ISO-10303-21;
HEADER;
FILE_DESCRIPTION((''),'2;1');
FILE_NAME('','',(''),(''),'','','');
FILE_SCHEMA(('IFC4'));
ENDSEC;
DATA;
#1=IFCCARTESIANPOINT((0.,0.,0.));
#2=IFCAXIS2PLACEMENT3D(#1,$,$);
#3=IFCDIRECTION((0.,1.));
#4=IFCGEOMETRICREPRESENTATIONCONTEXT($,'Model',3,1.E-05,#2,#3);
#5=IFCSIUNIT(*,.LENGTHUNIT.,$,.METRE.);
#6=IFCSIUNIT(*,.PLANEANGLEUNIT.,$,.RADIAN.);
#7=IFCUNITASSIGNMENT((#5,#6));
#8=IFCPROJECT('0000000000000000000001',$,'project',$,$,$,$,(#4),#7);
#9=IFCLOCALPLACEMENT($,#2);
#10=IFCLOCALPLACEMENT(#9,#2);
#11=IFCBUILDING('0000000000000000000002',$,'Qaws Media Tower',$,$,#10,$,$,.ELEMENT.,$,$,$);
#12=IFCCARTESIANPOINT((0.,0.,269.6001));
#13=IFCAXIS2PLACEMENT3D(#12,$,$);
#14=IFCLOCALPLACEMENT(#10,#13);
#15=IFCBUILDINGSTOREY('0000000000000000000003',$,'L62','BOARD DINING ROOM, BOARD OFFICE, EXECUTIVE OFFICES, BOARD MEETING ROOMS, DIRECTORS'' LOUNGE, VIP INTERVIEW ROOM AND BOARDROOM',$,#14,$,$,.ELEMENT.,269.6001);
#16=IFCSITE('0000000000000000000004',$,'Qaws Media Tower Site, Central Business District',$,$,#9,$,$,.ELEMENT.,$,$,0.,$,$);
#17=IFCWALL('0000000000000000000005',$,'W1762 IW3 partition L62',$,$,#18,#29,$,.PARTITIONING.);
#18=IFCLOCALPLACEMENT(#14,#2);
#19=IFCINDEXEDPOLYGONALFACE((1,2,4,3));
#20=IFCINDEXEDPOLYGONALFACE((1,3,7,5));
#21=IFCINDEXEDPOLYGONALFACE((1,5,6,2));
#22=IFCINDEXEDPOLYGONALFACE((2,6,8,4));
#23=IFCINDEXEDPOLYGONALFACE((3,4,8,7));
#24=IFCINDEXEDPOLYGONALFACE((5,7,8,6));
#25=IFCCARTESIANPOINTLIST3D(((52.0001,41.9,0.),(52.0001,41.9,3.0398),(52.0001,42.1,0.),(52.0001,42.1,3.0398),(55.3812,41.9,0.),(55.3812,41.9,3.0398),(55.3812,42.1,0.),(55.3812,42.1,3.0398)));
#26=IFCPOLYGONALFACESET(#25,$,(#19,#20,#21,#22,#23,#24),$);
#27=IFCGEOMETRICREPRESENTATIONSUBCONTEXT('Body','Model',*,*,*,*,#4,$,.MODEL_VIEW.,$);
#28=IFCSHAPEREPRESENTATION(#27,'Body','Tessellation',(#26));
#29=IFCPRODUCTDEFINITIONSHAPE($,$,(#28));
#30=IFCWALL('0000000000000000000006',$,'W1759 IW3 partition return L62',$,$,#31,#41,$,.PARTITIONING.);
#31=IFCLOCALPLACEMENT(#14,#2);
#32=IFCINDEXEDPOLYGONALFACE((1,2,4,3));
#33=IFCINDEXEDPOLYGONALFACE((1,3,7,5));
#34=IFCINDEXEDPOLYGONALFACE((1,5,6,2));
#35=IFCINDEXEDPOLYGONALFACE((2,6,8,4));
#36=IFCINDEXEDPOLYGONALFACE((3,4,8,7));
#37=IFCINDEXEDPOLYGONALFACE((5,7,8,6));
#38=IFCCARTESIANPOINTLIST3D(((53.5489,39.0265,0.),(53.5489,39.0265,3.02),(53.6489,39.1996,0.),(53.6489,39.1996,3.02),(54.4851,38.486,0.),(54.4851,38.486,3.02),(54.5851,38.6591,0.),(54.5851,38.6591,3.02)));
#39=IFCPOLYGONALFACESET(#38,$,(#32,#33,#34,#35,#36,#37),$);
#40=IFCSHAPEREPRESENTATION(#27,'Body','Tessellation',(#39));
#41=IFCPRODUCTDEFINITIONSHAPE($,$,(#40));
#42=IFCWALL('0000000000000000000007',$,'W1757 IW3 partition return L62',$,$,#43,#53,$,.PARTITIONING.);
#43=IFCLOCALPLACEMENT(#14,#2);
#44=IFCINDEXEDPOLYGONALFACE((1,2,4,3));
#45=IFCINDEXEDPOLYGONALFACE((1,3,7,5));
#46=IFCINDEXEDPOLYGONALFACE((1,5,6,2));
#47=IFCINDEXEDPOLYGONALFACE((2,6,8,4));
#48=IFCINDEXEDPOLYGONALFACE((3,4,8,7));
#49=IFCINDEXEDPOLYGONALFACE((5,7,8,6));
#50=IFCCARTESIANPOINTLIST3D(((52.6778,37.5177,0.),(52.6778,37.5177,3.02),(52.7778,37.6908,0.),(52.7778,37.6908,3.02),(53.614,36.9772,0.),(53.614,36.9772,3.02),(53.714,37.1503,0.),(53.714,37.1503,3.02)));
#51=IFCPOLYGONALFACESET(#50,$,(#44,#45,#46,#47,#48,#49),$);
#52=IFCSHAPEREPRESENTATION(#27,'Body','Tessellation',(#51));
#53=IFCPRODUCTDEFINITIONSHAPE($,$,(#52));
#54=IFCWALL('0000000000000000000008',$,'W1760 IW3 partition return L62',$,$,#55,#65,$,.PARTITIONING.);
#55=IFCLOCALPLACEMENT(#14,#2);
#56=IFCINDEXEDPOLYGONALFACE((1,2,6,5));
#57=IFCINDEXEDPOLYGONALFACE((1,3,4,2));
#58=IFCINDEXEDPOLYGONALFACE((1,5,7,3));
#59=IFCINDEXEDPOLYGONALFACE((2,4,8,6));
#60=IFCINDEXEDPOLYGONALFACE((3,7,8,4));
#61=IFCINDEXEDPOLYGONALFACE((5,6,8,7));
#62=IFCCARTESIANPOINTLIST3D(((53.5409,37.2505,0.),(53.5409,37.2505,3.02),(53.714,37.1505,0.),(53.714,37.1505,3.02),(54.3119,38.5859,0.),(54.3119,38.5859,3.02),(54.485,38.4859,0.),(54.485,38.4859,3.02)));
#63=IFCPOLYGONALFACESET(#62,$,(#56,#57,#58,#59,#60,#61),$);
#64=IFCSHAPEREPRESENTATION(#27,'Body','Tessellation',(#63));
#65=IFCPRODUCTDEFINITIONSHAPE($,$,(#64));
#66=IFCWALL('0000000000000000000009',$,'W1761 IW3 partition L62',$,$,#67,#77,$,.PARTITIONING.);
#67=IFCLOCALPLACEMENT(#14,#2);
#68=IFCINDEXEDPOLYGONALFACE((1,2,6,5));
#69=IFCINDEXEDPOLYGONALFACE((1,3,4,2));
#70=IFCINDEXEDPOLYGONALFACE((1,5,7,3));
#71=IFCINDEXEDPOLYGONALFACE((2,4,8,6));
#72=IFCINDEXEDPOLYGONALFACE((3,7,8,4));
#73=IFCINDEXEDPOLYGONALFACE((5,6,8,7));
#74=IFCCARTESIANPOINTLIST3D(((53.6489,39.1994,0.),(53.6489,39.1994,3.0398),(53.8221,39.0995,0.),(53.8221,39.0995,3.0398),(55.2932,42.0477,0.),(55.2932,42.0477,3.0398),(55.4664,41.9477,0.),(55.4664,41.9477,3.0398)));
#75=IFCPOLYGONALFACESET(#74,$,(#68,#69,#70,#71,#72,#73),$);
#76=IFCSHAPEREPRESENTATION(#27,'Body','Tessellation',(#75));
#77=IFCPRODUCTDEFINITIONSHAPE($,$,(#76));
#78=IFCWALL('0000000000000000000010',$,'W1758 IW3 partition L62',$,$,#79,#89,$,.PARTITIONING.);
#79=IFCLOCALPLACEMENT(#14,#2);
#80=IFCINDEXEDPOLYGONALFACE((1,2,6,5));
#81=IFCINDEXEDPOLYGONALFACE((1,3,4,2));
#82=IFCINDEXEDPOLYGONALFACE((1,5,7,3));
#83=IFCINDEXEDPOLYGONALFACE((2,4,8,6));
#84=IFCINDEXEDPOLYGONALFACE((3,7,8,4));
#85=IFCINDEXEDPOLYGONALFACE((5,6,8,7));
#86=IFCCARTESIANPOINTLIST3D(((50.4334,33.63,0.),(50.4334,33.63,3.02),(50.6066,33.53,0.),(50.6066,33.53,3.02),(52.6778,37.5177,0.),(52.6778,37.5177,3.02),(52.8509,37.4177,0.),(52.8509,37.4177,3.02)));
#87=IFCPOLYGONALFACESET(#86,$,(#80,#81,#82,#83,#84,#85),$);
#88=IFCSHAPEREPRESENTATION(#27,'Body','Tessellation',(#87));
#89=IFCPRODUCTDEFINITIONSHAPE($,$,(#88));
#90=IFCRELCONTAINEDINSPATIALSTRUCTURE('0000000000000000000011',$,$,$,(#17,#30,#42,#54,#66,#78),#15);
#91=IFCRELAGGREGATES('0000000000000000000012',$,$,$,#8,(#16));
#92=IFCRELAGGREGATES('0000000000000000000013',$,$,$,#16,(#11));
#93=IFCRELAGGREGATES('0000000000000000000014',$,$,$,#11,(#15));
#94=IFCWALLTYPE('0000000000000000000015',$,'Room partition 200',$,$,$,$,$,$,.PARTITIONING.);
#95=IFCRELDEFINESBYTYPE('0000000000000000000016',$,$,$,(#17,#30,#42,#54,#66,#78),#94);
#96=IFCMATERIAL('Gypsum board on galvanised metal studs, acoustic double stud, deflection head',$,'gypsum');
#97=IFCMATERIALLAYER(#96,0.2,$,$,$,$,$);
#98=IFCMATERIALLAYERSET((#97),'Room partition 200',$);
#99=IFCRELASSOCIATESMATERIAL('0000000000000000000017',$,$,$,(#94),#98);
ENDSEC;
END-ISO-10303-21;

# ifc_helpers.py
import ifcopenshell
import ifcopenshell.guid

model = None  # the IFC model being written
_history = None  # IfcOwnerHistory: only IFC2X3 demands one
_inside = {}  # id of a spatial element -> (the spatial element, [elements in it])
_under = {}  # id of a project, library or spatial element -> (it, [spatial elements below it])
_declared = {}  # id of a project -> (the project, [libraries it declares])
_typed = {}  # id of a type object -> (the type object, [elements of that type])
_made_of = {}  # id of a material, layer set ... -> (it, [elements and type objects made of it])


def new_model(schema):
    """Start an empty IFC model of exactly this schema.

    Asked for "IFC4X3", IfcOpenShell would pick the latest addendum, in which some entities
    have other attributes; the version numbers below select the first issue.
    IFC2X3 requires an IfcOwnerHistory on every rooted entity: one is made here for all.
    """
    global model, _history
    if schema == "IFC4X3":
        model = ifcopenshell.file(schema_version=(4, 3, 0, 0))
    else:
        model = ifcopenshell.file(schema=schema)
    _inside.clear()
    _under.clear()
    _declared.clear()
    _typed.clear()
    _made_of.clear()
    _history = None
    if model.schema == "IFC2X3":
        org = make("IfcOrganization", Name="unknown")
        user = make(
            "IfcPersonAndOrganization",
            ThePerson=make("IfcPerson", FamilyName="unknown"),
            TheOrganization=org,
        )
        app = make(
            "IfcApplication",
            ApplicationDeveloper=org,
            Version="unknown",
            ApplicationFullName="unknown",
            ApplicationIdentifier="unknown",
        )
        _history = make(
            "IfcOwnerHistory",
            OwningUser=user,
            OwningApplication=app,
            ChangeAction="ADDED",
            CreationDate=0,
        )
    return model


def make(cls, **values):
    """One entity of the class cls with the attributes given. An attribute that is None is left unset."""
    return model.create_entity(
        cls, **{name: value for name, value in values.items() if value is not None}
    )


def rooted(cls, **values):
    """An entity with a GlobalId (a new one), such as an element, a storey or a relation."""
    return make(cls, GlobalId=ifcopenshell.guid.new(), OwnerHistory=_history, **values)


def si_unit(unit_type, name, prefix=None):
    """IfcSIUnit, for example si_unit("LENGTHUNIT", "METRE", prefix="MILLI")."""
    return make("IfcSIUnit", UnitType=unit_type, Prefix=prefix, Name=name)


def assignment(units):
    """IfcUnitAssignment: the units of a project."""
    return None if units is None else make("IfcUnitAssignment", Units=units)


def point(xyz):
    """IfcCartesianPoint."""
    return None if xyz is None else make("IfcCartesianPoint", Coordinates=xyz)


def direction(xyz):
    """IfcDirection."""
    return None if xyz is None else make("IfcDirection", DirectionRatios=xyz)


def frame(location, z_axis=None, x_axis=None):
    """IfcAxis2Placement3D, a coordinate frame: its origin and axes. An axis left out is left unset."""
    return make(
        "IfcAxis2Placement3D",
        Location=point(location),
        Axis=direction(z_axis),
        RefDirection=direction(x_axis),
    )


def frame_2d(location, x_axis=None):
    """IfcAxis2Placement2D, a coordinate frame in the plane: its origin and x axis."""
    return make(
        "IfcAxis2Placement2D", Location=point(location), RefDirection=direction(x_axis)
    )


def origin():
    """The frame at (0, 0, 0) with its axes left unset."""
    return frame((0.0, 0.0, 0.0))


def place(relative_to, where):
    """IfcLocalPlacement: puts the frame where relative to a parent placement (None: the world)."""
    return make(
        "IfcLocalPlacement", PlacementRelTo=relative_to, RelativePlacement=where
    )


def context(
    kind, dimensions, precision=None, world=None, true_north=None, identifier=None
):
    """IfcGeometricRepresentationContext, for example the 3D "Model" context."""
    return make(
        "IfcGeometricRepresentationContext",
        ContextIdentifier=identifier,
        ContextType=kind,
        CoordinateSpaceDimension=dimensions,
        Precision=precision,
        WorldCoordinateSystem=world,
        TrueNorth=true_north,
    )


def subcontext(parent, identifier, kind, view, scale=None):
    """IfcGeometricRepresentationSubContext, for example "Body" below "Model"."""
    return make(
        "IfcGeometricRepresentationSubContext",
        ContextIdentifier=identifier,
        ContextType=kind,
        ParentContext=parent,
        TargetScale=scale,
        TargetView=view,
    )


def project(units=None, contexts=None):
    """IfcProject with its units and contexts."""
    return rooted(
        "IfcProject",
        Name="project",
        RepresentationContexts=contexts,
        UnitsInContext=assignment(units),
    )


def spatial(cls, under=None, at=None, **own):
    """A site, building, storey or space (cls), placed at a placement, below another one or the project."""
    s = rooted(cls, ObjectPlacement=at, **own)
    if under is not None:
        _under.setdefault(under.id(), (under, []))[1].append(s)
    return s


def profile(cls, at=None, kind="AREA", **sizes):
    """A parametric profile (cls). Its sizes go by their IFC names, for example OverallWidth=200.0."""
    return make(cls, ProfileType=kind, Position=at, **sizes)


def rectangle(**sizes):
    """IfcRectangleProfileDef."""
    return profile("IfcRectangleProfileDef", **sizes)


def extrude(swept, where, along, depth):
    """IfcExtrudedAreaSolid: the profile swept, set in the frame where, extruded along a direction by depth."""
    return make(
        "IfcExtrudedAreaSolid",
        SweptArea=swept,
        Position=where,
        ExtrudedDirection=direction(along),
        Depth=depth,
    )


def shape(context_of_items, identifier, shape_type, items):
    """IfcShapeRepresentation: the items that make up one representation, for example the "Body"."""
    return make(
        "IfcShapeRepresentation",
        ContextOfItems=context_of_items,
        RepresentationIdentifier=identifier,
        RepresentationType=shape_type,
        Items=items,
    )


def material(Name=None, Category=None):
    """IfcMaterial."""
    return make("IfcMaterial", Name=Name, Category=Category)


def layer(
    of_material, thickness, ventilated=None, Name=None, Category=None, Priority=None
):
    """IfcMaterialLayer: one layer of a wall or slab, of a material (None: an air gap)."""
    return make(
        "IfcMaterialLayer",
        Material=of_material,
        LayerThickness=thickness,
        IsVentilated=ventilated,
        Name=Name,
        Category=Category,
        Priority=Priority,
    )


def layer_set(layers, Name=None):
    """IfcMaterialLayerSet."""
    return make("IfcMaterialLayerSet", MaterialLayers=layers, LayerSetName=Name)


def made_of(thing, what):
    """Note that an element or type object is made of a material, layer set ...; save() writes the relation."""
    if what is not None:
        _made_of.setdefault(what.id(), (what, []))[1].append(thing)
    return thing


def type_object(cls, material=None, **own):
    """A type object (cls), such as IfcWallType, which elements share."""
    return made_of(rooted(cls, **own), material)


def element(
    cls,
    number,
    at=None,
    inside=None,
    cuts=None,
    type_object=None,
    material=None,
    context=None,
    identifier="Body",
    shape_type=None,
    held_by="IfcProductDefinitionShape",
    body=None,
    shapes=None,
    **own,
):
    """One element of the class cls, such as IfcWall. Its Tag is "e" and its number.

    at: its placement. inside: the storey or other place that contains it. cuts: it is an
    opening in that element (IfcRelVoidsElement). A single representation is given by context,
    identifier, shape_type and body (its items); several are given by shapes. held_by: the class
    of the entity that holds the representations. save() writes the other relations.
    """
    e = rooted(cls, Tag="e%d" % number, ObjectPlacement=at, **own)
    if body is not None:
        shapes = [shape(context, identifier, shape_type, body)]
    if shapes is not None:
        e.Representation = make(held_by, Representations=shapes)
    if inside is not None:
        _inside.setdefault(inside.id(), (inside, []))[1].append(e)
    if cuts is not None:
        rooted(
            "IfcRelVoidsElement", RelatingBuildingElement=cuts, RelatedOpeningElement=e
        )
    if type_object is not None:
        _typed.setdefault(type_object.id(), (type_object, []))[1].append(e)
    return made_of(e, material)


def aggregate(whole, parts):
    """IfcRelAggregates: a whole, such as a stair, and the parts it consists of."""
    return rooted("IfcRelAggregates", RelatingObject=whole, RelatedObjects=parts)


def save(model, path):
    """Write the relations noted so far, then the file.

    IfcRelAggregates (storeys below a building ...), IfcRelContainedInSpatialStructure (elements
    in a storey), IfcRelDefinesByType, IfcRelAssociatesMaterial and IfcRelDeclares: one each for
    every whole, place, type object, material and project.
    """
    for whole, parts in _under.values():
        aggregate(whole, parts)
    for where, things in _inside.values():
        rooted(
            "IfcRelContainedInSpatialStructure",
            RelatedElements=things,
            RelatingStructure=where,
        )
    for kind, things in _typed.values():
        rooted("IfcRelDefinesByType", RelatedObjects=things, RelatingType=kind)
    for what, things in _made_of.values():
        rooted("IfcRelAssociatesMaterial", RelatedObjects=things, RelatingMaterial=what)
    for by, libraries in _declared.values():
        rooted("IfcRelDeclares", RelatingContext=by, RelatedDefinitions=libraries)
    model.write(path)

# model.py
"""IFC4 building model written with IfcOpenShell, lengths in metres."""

from ifc_helpers import new_model, si_unit, direction, frame, frame_2d, origin, place, context, subcontext, project, spatial, rectangle, extrude, material, layer, layer_set, type_object, element, save


model = new_model("IFC4")

# Units and contexts
model_context = context("Model", 3, precision=1e-05, world=origin(), true_north=direction((0.0, 1.0)))
body_context = subcontext(model_context, "Body", "Model", "MODEL_VIEW")
ifc_project = project(units=[si_unit("LENGTHUNIT", "METRE"), si_unit("PLANEANGLEUNIT", "RADIAN")], contexts=[model_context])

# Site, building, storey
site_placement = place(None, origin())
site = spatial("IfcSite", under=ifc_project, at=site_placement, Name="Qaws Media Tower Site, Central Business District", CompositionType="ELEMENT", RefElevation=0.0)
building_placement = place(site_placement, origin())
building = spatial("IfcBuilding", under=site, at=building_placement, Name="Qaws Media Tower", CompositionType="ELEMENT")
storey_placement = place(building_placement, frame((0.0, 0.0, 269.6001)))
storey = spatial("IfcBuildingStorey", under=building, at=storey_placement, Name="L62", Description="BOARD DINING ROOM, BOARD OFFICE, EXECUTIVE OFFICES, BOARD MEETING ROOMS, DIRECTORS' LOUNGE, VIP INTERVIEW ROOM AND BOARDROOM", CompositionType="ELEMENT", Elevation=269.6001)

# Shared definitions
ifc_material_1 = material(Name="Gypsum board on galvanised metal studs, acoustic double stud, deflection head", Category="gypsum")
ifc_layer_1 = layer(ifc_material_1, 0.2)
ifc_layer_set_1 = layer_set([ifc_layer_1], Name="Room partition 200")
wall_type = type_object("IfcWallType", Name="Room partition 200", PredefinedType="PARTITIONING", material=ifc_layer_set_1)

# Walls
wall_1_placement = place(storey_placement, frame((55.3811, 42.0, 0.0), z_axis=(0.0, 0.0, 1.0), x_axis=(-1.0, 0.0, 0.0)))
element("IfcWall", 1, at=wall_1_placement, inside=storey, type_object=wall_type, Name="W1762 IW3 partition L62", PredefinedType="PARTITIONING", context=body_context, shape_type="SweptSolid", body=[
    extrude(rectangle(XDim=3.3811, YDim=0.2, at=frame_2d((1.6904, 0.0))), origin(), (0.0, 0.0, 1.0), 3.0398),
])
for number, where, z_axis, x_axis, name in (
    (2, (53.5989, 39.113, 0.0), (0.0, 0.0, 1.0), (0.866039, -0.499977, 0.0), "W1759 IW3 partition return L62"),
    (3, (52.7278, 37.6042, 0.0), (0.0, 0.0, 1.0), (0.866039, -0.499977, 0.0), "W1757 IW3 partition return L62"),
):
    element("IfcWall", number, at=place(storey_placement, frame(where, z_axis=z_axis, x_axis=x_axis)), inside=storey, type_object=wall_type, Name=name, PredefinedType="PARTITIONING", context=body_context, shape_type="SweptSolid", body=[
        extrude(rectangle(XDim=1.0811, YDim=0.2, at=frame_2d((0.5405, 0.0))), origin(), (0.0, 0.0, 1.0), 3.02),
    ])
wall_2_placement = place(storey_placement, frame((54.3984, 38.5359, 0.0), z_axis=(0.0, 0.0, 1.0), x_axis=(-0.499987, -0.866033, 0.0)))
element("IfcWall", 4, at=wall_2_placement, inside=storey, type_object=wall_type, Name="W1760 IW3 partition return L62", PredefinedType="PARTITIONING", context=body_context, shape_type="SweptSolid", body=[
    extrude(rectangle(XDim=1.542, YDim=0.2, at=frame_2d((0.771, 0.0))), origin(), (0.0, 0.0, 1.0), 3.02),
])
wall_3_placement = place(storey_placement, frame((55.3799, 41.9978, 0.0), z_axis=(0.0, 0.0, 1.0), x_axis=(-0.499979, -0.866037, 0.0)))
element("IfcWall", 5, at=wall_3_placement, inside=storey, type_object=wall_type, Name="W1761 IW3 partition L62", PredefinedType="PARTITIONING", context=body_context, shape_type="SweptSolid", body=[
    extrude(rectangle(XDim=3.2888, YDim=0.2, at=frame_2d((1.6445, 0.0))), origin(), (0.0, 0.0, 1.0), 3.0398),
])
wall_4_placement = place(storey_placement, frame((52.7644, 37.4678, 0.0), z_axis=(0.0, 0.0, 1.0), x_axis=(-0.49997, -0.866042, 0.0)))
element("IfcWall", 6, at=wall_4_placement, inside=storey, type_object=wall_type, Name="W1758 IW3 partition L62", PredefinedType="PARTITIONING", context=body_context, shape_type="SweptSolid", body=[
    extrude(rectangle(XDim=4.489, YDim=0.2, at=frame_2d((2.2446, 0.0))), origin(), (0.0, 0.0, 1.0), 3.02),
])

save(model, "model.ifc")
